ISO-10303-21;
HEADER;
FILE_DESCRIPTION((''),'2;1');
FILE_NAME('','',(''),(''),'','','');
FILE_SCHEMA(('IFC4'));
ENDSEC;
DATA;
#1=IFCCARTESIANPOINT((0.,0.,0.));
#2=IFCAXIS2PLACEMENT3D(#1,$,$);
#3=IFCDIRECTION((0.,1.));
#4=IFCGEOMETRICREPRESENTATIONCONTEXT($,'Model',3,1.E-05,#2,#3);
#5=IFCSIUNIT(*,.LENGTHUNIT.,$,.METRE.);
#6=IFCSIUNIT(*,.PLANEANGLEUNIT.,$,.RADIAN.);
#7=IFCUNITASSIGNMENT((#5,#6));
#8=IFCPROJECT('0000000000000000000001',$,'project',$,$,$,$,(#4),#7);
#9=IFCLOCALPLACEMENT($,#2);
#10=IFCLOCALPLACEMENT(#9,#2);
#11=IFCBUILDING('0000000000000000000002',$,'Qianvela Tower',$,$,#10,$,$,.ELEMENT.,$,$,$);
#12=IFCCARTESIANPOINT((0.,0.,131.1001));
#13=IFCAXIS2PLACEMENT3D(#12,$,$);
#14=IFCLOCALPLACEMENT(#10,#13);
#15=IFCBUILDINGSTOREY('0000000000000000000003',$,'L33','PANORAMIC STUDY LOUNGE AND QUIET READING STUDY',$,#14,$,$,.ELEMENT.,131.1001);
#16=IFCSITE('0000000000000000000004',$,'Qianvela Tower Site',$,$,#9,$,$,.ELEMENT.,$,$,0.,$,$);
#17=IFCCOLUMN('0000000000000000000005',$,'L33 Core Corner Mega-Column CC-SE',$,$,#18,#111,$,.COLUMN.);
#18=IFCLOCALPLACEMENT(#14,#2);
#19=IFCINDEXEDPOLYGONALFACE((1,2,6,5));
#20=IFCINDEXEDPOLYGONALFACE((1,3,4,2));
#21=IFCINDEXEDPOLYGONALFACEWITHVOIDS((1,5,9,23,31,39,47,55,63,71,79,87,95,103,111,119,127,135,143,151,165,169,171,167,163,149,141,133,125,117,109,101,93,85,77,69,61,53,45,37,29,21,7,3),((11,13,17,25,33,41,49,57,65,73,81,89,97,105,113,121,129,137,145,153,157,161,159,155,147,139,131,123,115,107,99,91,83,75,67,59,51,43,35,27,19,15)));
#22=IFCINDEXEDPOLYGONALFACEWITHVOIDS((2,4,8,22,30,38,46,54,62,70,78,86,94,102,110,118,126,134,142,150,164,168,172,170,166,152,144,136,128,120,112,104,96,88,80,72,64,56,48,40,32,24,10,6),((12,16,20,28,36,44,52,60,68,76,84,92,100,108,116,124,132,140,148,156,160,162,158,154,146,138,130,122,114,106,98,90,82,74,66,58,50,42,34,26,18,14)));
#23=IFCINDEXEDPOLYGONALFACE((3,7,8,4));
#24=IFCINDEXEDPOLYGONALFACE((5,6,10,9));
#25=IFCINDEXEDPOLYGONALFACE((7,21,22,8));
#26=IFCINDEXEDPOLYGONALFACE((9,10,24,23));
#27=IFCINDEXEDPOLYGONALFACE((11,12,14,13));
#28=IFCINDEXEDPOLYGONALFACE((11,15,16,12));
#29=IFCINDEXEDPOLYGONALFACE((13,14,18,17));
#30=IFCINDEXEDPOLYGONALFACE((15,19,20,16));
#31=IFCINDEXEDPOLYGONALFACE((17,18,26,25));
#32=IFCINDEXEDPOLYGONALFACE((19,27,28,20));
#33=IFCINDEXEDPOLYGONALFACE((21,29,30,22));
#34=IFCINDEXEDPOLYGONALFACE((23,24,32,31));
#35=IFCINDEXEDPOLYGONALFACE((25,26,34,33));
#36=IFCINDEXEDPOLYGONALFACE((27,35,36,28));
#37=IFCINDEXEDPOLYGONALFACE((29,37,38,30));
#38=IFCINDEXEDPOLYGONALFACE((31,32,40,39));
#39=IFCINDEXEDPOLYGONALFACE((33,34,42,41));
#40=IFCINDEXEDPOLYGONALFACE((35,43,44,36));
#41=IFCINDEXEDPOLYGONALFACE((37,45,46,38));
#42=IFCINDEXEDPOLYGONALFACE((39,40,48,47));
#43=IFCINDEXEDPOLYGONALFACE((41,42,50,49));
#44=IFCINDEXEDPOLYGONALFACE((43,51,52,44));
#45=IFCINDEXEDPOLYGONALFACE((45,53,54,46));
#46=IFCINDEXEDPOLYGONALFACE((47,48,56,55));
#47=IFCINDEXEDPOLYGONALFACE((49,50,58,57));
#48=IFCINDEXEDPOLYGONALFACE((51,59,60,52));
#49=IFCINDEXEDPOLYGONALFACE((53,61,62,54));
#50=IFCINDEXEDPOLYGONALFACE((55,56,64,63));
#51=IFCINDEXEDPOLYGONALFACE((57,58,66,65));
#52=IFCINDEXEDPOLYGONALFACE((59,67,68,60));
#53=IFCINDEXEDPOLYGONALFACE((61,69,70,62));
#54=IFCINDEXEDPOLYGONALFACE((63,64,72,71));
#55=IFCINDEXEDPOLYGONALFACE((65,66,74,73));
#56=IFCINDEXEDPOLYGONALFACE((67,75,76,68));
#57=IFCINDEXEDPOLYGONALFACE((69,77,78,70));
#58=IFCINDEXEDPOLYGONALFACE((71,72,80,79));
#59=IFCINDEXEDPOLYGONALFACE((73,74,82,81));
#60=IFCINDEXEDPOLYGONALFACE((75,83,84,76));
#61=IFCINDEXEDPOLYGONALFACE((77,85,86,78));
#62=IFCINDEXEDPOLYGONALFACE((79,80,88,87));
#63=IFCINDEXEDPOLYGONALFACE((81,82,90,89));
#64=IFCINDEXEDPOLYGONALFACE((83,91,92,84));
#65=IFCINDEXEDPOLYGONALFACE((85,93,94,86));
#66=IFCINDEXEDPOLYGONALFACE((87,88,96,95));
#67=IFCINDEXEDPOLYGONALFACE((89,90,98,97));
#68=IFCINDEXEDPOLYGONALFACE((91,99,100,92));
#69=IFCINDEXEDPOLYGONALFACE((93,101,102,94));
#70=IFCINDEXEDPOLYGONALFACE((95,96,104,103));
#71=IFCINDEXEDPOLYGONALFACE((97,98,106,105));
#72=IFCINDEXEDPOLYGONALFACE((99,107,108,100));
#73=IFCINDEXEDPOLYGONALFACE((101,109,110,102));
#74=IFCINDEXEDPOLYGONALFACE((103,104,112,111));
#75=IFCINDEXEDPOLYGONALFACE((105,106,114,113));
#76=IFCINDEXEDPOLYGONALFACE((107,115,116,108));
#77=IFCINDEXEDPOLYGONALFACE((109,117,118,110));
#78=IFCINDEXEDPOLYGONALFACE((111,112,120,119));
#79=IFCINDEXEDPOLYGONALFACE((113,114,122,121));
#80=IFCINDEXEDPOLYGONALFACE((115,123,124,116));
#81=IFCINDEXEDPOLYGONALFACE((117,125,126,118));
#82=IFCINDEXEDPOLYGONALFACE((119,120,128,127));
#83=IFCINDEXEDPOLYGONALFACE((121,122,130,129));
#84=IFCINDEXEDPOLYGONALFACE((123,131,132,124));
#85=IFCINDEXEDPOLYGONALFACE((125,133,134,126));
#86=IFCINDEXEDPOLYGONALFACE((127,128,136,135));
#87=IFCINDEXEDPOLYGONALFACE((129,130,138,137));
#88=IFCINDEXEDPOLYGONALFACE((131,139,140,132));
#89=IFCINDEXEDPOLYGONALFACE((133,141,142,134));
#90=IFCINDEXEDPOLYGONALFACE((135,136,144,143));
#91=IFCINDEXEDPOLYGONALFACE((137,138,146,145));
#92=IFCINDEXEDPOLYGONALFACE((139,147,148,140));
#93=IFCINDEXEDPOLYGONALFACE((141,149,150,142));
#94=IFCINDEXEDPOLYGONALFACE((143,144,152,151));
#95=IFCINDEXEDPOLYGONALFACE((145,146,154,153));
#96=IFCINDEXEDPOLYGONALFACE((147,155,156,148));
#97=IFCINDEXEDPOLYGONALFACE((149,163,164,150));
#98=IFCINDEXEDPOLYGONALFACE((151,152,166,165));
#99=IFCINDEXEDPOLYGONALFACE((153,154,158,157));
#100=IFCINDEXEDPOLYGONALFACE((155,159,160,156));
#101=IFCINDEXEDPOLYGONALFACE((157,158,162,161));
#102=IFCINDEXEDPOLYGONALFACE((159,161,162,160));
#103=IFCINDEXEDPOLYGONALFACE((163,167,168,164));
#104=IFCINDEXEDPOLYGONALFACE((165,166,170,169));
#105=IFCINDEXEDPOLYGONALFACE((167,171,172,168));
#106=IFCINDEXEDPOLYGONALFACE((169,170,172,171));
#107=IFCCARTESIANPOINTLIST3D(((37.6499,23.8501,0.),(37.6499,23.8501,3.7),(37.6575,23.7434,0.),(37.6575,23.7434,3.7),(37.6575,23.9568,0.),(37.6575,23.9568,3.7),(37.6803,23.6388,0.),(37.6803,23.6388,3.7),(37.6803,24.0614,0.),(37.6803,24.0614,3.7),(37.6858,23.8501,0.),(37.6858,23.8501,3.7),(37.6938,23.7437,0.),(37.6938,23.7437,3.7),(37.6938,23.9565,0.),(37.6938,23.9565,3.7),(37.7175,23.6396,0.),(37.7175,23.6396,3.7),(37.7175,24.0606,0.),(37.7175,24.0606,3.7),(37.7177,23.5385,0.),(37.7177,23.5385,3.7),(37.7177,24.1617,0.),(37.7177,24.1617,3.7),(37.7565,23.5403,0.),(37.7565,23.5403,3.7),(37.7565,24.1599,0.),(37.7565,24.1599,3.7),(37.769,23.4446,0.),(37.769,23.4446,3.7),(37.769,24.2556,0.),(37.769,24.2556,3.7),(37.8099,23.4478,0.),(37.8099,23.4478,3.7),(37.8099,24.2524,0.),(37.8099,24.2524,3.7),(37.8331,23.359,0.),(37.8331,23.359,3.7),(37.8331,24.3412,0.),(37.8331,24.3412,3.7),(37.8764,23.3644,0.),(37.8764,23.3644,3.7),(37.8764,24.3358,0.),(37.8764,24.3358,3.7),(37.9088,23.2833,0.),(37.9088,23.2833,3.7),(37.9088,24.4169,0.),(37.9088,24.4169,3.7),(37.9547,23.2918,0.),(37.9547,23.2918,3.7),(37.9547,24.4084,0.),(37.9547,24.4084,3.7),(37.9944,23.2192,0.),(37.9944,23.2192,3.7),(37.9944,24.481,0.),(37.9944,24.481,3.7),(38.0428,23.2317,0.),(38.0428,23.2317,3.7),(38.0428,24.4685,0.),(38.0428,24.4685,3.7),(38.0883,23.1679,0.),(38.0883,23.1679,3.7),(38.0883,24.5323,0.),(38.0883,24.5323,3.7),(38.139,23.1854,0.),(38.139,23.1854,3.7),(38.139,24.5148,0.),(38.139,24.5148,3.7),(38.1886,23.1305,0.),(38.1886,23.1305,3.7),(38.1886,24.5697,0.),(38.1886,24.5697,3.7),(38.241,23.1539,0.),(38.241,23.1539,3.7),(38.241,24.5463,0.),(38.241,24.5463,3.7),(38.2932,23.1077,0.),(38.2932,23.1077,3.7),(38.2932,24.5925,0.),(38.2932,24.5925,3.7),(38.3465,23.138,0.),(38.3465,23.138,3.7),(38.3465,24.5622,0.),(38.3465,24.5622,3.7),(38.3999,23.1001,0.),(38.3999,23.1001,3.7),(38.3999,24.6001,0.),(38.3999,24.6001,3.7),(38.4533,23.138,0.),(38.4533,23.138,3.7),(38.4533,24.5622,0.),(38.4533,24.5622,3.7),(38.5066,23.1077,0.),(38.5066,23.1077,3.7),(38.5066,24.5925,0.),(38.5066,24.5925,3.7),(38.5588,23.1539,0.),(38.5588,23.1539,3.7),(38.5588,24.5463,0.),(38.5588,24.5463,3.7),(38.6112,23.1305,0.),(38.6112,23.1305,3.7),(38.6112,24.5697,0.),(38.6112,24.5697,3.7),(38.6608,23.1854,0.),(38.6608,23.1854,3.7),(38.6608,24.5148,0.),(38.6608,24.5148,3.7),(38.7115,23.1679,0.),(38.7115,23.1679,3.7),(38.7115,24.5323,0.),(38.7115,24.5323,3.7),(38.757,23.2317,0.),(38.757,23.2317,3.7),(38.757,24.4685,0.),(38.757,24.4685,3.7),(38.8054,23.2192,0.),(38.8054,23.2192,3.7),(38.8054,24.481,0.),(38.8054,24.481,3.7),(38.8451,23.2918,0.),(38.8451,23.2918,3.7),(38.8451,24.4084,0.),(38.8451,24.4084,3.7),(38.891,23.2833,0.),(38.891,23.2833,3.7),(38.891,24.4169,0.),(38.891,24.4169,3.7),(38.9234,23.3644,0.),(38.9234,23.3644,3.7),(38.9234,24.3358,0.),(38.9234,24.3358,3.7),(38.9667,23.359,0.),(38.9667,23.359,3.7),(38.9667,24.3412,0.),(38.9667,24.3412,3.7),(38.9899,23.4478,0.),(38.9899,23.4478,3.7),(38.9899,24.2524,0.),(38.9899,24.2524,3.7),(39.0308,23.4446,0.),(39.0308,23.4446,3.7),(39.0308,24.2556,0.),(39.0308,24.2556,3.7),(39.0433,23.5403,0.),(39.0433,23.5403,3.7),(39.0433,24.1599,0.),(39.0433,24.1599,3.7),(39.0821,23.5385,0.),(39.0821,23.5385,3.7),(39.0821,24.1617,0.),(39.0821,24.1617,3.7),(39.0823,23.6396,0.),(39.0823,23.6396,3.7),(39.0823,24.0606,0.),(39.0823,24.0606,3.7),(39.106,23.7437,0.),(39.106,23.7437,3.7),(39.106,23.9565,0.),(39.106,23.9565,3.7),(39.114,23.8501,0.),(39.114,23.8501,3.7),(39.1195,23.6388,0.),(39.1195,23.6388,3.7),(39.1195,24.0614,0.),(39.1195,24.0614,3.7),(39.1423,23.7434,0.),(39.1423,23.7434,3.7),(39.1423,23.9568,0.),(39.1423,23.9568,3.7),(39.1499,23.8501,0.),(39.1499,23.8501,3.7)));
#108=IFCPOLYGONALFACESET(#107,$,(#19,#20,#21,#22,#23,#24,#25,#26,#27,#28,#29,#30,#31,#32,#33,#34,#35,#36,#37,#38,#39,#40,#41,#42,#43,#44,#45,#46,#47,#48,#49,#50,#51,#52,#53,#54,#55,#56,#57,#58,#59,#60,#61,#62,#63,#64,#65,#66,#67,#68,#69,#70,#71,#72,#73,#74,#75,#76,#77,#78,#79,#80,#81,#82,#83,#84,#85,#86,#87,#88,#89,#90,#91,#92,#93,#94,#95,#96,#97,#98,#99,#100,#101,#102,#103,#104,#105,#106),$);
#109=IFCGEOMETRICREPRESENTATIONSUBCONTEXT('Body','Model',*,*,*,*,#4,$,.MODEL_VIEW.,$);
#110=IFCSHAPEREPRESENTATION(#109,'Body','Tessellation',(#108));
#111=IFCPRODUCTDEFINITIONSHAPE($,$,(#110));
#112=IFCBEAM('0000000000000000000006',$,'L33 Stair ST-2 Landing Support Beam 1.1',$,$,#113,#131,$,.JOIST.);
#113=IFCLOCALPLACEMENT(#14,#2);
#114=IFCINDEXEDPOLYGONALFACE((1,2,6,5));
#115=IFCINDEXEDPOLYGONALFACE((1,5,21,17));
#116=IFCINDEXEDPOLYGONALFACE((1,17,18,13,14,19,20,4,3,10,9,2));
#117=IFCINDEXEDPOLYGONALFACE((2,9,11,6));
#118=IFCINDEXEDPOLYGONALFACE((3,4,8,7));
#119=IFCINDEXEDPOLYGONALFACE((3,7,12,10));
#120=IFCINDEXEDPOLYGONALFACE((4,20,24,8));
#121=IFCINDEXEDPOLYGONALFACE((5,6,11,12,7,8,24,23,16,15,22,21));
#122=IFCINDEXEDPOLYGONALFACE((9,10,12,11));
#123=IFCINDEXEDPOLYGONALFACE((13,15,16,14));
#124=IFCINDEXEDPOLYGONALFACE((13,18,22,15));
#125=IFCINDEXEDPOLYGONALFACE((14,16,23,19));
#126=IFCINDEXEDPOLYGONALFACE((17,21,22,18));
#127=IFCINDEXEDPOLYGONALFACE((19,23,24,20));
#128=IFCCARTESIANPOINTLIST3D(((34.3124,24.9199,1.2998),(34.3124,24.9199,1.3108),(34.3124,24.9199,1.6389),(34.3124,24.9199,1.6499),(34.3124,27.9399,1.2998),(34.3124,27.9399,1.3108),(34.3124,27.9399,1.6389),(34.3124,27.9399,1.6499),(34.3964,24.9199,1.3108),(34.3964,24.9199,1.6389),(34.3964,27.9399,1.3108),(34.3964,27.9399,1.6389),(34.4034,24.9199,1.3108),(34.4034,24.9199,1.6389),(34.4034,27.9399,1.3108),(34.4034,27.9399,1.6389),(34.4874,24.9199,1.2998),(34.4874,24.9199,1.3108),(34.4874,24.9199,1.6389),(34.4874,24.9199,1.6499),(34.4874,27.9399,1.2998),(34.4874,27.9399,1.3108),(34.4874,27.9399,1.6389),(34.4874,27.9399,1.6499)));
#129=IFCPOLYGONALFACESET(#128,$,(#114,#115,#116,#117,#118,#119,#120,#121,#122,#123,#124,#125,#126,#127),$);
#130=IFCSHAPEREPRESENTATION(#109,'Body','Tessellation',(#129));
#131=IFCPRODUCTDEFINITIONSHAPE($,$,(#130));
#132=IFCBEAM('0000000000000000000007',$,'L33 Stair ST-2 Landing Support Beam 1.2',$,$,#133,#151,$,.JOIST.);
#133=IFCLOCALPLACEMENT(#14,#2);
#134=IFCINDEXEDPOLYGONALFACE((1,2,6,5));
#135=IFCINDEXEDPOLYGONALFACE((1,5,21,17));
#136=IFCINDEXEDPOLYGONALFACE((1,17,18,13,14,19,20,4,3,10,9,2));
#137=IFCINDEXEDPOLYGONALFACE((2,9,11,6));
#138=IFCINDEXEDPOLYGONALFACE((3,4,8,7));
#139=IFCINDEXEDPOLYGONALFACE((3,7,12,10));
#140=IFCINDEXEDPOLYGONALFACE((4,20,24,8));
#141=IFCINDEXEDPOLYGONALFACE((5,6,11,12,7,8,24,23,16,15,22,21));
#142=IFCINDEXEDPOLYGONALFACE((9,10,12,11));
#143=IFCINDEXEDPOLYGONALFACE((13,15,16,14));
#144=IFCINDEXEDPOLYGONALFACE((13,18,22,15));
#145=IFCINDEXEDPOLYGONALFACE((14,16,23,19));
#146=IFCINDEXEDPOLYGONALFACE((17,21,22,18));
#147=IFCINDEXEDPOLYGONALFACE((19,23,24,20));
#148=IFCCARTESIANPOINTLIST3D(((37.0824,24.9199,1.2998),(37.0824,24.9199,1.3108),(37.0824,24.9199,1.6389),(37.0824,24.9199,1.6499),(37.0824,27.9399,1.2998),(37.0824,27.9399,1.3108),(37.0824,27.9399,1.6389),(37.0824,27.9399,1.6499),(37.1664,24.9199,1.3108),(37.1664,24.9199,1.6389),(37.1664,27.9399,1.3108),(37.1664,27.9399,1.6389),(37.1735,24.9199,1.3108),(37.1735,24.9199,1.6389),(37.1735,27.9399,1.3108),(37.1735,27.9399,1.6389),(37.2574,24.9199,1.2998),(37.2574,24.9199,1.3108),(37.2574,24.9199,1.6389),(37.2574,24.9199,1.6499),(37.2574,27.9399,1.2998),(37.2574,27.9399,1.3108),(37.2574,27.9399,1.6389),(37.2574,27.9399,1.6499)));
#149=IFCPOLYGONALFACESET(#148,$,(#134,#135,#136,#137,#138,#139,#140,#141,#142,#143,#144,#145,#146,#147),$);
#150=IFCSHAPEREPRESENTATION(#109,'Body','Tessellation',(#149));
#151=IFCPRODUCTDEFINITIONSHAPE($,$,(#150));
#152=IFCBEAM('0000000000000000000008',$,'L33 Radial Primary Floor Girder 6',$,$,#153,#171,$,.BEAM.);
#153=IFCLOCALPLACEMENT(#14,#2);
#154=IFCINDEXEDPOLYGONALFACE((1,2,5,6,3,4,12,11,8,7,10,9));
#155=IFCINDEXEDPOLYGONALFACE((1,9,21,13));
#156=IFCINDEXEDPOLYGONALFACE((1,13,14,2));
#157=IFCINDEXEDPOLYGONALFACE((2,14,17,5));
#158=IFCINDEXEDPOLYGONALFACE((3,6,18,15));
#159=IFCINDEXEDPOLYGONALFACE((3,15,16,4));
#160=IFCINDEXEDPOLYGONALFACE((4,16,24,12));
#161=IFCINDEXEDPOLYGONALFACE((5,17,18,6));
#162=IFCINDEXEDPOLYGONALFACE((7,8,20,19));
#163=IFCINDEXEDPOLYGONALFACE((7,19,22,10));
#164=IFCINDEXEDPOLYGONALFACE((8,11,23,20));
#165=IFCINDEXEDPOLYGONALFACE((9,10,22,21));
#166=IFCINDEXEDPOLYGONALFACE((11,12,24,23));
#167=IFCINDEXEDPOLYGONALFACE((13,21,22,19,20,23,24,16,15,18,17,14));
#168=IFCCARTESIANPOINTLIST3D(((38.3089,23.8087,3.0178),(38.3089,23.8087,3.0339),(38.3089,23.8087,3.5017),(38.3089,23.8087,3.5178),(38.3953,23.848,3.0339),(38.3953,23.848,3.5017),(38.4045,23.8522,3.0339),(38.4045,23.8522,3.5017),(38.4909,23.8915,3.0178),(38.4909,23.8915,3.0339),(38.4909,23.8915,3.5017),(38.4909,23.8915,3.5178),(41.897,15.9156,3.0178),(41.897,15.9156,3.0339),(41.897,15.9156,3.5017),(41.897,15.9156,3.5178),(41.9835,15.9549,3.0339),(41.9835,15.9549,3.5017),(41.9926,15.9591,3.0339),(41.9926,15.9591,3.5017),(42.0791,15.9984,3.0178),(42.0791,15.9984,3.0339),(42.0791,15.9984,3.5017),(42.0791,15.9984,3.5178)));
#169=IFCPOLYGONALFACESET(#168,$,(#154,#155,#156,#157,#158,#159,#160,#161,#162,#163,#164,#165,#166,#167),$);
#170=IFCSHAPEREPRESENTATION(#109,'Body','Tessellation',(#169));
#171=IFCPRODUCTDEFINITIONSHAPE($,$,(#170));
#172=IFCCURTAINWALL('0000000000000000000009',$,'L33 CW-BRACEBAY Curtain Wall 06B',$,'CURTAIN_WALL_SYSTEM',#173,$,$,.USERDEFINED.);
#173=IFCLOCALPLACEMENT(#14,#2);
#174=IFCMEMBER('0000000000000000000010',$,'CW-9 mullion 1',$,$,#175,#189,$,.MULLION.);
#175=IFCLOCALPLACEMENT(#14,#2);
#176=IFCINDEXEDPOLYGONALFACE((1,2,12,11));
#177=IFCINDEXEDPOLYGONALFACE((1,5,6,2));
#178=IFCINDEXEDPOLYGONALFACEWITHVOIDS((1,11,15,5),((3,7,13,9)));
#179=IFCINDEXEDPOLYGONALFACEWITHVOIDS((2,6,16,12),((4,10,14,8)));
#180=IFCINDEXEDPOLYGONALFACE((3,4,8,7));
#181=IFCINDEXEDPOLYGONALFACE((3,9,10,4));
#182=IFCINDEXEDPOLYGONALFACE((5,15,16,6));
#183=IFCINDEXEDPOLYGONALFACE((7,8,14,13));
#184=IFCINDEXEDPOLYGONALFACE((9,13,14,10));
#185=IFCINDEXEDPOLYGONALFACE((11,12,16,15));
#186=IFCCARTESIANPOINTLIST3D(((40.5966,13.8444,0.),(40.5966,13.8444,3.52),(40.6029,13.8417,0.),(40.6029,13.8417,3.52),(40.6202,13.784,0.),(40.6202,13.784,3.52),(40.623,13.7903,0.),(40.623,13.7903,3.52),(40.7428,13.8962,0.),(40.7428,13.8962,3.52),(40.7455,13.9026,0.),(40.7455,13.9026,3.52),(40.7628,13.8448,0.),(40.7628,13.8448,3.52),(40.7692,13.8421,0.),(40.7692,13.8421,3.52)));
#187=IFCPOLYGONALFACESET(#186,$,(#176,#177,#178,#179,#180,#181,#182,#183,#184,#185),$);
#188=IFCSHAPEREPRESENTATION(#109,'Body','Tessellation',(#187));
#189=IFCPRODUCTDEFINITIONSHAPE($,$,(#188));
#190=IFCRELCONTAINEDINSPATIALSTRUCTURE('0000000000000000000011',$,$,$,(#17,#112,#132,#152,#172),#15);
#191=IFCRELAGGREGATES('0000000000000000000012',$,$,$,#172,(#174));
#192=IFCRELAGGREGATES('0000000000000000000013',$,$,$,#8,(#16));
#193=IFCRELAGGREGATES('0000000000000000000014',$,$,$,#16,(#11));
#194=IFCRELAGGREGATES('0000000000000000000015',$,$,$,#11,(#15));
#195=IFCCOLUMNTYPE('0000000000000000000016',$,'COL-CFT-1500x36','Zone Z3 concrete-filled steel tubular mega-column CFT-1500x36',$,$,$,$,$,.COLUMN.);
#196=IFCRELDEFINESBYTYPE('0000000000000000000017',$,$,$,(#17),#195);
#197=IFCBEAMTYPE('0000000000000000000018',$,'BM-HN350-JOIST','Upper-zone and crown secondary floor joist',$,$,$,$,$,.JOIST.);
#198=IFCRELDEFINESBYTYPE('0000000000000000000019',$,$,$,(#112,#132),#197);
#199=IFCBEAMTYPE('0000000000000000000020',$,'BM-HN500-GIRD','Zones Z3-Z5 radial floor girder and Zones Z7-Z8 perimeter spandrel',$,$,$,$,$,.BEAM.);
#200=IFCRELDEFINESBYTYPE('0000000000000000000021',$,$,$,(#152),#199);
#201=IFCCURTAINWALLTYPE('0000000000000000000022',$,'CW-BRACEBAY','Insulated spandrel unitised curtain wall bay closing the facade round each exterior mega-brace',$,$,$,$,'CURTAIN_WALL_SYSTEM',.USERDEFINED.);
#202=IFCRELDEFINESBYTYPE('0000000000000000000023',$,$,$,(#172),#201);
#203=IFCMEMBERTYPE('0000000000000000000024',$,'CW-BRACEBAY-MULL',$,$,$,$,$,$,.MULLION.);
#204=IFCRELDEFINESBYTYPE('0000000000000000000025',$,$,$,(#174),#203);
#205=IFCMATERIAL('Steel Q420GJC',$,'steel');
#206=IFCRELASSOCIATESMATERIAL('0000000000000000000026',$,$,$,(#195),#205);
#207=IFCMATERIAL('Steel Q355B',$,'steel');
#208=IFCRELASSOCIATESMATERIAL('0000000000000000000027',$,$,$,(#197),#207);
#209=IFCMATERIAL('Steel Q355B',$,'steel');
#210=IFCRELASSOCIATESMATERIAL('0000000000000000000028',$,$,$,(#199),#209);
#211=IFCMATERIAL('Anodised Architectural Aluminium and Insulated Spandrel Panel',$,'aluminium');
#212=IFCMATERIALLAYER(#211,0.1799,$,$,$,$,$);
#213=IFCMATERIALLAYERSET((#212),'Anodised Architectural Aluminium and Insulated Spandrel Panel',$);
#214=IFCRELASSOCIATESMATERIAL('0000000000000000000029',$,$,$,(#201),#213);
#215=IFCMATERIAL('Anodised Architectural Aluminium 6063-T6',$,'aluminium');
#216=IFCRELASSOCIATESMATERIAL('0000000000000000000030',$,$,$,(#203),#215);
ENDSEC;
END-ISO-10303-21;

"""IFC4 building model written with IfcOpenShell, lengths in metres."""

from ifc_helpers import new_model, si_unit, direction, frame, origin, origin_2d, place, context, subcontext, project, spatial, hollow_rectangle, hollow_circle, i_section, extrude, material, layer, layer_set, material_profile, profile_set, type_object, element, aggregate, save


model = new_model("IFC4")

# Units and contexts
model_context = context("Model", 3, precision=1e-05, world=origin(), true_north=direction((0.0, 1.0)))
body_context = subcontext(model_context, "Body", "Model", "MODEL_VIEW")
ifc_project = project(units=[si_unit("LENGTHUNIT", "METRE"), si_unit("PLANEANGLEUNIT", "RADIAN")], contexts=[model_context])

# Site, building, storey
site_placement = place(None, origin())
site = spatial("IfcSite", under=ifc_project, at=site_placement, Name="Qianvela Tower Site", CompositionType="ELEMENT", RefElevation=0.0)
building_placement = place(site_placement, origin())
building = spatial("IfcBuilding", under=site, at=building_placement, Name="Qianvela Tower", CompositionType="ELEMENT")
storey_placement = place(building_placement, frame((0.0, 0.0, 131.1001)))
storey = spatial("IfcBuildingStorey", under=building, at=storey_placement, Name="L33", Description="PANORAMIC STUDY LOUNGE AND QUIET READING STUDY", CompositionType="ELEMENT", Elevation=131.1001)

# Column
ifc_material_1 = material(Name="Steel Q420GJC", Category="steel")
ifc_material_profile_1 = material_profile(ifc_material_1, hollow_circle(Radius=0.75, WallThickness=0.0359, at=origin_2d()), Name="CFT-1500x36")
ifc_profile_set_1 = profile_set([ifc_material_profile_1], Name="Steel Q420GJC")
column_type = type_object("IfcColumnType", Name="COL-CFT-1500x36", Description="Zone Z3 concrete-filled steel tubular mega-column CFT-1500x36", PredefinedType="COLUMN", material=ifc_profile_set_1)
column_placement = place(storey_placement, frame((38.3999, 23.8501, 0.0), z_axis=(0.0, 0.0, 1.0), x_axis=(1.0, 0.0, 0.0)))
element("IfcColumn", 1, at=column_placement, inside=storey, type_object=column_type, Name="L33 Core Corner Mega-Column CC-SE", PredefinedType="COLUMN", context=body_context, shape_type="SweptSolid", body=[
    extrude(hollow_circle(Radius=0.75, WallThickness=0.0359, at=origin_2d()), origin(), (0.0, 0.0, 1.0), 3.7),
])

# Beams
ifc_material_2 = material(Name="Steel Q355B", Category="steel")
ifc_material_profile_2 = material_profile(ifc_material_2, i_section(OverallWidth=0.175, OverallDepth=0.3501, WebThickness=0.0071, FlangeThickness=0.011, at=origin_2d()), Name="HN350x175x7x11")
ifc_profile_set_2 = profile_set([ifc_material_profile_2], Name="Steel Q355B")
beam_type_1 = type_object("IfcBeamType", Name="BM-HN350-JOIST", Description="Upper-zone and crown secondary floor joist", PredefinedType="JOIST", material=ifc_profile_set_2)
for number, where, z_axis, x_axis, name in (
    (2, (34.3999, 24.9199, 1.4749), (0.0, 1.0, 0.0), (-1.0, 0.0, 0.0), "L33 Stair ST-2 Landing Support Beam 1.1"),
    (3, (37.1699, 24.9199, 1.4749), (0.0, 1.0, 0.0), (-1.0, 0.0, 0.0), "L33 Stair ST-2 Landing Support Beam 1.2"),
):
    element("IfcBeam", number, at=place(storey_placement, frame(where, z_axis=z_axis, x_axis=x_axis)), inside=storey, type_object=beam_type_1, Name=name, PredefinedType="JOIST", context=body_context, shape_type="SweptSolid", body=[
        extrude(i_section(OverallWidth=0.175, OverallDepth=0.3501, WebThickness=0.0071, FlangeThickness=0.011, at=origin_2d()), origin(), (0.0, 0.0, 1.0), 3.02),
    ])
ifc_material_3 = material(Name="Steel Q355B", Category="steel")
ifc_material_profile_3 = material_profile(ifc_material_3, i_section(OverallWidth=0.2, OverallDepth=0.5, WebThickness=0.01, FlangeThickness=0.0161, at=origin_2d()), Name="HN500x200x10x16")
ifc_profile_set_3 = profile_set([ifc_material_profile_3], Name="Steel Q355B")
beam_type_2 = type_object("IfcBeamType", Name="BM-HN500-GIRD", Description="Zones Z3-Z5 radial floor girder and Zones Z7-Z8 perimeter spandrel", PredefinedType="BEAM", material=ifc_profile_set_3)
beam_placement = place(storey_placement, frame((38.3999, 23.8501, 3.2678), z_axis=(0.413839, -0.91035, 0.0), x_axis=(0.91035, 0.413839, 0.0)))
element("IfcBeam", 4, at=beam_placement, inside=storey, type_object=beam_type_2, Name="L33 Radial Primary Floor Girder 6", PredefinedType="BEAM", context=body_context, shape_type="SweptSolid", body=[
    extrude(i_section(OverallWidth=0.2, OverallDepth=0.5, WebThickness=0.01, FlangeThickness=0.0161, at=origin_2d()), origin(), (0.0, 0.0, 1.0), 8.6704),
])

# Curtain wall, member
ifc_material_4 = material(Name="Anodised Architectural Aluminium and Insulated Spandrel Panel", Category="aluminium")
ifc_layer_1 = layer(ifc_material_4, 0.1799)
ifc_layer_set_1 = layer_set([ifc_layer_1], Name="Anodised Architectural Aluminium and Insulated Spandrel Panel")
curtain_wall_type_1 = type_object("IfcCurtainWallType", Name="CW-BRACEBAY", Description="Insulated spandrel unitised curtain wall bay closing the facade round each exterior mega-brace", ElementType="CURTAIN_WALL_SYSTEM", PredefinedType="USERDEFINED", material=ifc_layer_set_1)
curtain_wall_1_placement = place(storey_placement, origin())
curtain_wall_1 = element("IfcCurtainWall", 5, at=curtain_wall_1_placement, inside=storey, type_object=curtain_wall_type_1, Name="L33 CW-BRACEBAY Curtain Wall 06B", ObjectType="CURTAIN_WALL_SYSTEM", PredefinedType="USERDEFINED")
ifc_material_5 = material(Name="Anodised Architectural Aluminium 6063-T6", Category="aluminium")
ifc_material_profile_4 = material_profile(ifc_material_5, hollow_rectangle(XDim=0.0649, YDim=0.1599, WallThickness=0.0049, at=origin_2d()), Name="ALU-MULL-65x160")
ifc_profile_set_4 = profile_set([ifc_material_profile_4], Name="Anodised Architectural Aluminium 6063-T6")
member_type_1 = type_object("IfcMemberType", Name="CW-BRACEBAY-MULL", PredefinedType="MULLION", material=ifc_profile_set_4)
member_1_placement = place(storey_placement, frame((40.6829, 13.8433, 0.0), z_axis=(0.0, 0.0, 1.0), x_axis=(-0.363471, 0.931605, 0.0)))
member_1 = element("IfcMember", 6, at=member_1_placement, type_object=member_type_1, Name="CW-9 mullion 1", PredefinedType="MULLION", context=body_context, shape_type="SweptSolid", body=[
    extrude(hollow_rectangle(XDim=0.0649, YDim=0.1599, WallThickness=0.0049, at=origin_2d()), origin(), (0.0, 0.0, 1.0), 3.52),
])
aggregate(curtain_wall_1, [member_1])

save(model, "model.ifc")
